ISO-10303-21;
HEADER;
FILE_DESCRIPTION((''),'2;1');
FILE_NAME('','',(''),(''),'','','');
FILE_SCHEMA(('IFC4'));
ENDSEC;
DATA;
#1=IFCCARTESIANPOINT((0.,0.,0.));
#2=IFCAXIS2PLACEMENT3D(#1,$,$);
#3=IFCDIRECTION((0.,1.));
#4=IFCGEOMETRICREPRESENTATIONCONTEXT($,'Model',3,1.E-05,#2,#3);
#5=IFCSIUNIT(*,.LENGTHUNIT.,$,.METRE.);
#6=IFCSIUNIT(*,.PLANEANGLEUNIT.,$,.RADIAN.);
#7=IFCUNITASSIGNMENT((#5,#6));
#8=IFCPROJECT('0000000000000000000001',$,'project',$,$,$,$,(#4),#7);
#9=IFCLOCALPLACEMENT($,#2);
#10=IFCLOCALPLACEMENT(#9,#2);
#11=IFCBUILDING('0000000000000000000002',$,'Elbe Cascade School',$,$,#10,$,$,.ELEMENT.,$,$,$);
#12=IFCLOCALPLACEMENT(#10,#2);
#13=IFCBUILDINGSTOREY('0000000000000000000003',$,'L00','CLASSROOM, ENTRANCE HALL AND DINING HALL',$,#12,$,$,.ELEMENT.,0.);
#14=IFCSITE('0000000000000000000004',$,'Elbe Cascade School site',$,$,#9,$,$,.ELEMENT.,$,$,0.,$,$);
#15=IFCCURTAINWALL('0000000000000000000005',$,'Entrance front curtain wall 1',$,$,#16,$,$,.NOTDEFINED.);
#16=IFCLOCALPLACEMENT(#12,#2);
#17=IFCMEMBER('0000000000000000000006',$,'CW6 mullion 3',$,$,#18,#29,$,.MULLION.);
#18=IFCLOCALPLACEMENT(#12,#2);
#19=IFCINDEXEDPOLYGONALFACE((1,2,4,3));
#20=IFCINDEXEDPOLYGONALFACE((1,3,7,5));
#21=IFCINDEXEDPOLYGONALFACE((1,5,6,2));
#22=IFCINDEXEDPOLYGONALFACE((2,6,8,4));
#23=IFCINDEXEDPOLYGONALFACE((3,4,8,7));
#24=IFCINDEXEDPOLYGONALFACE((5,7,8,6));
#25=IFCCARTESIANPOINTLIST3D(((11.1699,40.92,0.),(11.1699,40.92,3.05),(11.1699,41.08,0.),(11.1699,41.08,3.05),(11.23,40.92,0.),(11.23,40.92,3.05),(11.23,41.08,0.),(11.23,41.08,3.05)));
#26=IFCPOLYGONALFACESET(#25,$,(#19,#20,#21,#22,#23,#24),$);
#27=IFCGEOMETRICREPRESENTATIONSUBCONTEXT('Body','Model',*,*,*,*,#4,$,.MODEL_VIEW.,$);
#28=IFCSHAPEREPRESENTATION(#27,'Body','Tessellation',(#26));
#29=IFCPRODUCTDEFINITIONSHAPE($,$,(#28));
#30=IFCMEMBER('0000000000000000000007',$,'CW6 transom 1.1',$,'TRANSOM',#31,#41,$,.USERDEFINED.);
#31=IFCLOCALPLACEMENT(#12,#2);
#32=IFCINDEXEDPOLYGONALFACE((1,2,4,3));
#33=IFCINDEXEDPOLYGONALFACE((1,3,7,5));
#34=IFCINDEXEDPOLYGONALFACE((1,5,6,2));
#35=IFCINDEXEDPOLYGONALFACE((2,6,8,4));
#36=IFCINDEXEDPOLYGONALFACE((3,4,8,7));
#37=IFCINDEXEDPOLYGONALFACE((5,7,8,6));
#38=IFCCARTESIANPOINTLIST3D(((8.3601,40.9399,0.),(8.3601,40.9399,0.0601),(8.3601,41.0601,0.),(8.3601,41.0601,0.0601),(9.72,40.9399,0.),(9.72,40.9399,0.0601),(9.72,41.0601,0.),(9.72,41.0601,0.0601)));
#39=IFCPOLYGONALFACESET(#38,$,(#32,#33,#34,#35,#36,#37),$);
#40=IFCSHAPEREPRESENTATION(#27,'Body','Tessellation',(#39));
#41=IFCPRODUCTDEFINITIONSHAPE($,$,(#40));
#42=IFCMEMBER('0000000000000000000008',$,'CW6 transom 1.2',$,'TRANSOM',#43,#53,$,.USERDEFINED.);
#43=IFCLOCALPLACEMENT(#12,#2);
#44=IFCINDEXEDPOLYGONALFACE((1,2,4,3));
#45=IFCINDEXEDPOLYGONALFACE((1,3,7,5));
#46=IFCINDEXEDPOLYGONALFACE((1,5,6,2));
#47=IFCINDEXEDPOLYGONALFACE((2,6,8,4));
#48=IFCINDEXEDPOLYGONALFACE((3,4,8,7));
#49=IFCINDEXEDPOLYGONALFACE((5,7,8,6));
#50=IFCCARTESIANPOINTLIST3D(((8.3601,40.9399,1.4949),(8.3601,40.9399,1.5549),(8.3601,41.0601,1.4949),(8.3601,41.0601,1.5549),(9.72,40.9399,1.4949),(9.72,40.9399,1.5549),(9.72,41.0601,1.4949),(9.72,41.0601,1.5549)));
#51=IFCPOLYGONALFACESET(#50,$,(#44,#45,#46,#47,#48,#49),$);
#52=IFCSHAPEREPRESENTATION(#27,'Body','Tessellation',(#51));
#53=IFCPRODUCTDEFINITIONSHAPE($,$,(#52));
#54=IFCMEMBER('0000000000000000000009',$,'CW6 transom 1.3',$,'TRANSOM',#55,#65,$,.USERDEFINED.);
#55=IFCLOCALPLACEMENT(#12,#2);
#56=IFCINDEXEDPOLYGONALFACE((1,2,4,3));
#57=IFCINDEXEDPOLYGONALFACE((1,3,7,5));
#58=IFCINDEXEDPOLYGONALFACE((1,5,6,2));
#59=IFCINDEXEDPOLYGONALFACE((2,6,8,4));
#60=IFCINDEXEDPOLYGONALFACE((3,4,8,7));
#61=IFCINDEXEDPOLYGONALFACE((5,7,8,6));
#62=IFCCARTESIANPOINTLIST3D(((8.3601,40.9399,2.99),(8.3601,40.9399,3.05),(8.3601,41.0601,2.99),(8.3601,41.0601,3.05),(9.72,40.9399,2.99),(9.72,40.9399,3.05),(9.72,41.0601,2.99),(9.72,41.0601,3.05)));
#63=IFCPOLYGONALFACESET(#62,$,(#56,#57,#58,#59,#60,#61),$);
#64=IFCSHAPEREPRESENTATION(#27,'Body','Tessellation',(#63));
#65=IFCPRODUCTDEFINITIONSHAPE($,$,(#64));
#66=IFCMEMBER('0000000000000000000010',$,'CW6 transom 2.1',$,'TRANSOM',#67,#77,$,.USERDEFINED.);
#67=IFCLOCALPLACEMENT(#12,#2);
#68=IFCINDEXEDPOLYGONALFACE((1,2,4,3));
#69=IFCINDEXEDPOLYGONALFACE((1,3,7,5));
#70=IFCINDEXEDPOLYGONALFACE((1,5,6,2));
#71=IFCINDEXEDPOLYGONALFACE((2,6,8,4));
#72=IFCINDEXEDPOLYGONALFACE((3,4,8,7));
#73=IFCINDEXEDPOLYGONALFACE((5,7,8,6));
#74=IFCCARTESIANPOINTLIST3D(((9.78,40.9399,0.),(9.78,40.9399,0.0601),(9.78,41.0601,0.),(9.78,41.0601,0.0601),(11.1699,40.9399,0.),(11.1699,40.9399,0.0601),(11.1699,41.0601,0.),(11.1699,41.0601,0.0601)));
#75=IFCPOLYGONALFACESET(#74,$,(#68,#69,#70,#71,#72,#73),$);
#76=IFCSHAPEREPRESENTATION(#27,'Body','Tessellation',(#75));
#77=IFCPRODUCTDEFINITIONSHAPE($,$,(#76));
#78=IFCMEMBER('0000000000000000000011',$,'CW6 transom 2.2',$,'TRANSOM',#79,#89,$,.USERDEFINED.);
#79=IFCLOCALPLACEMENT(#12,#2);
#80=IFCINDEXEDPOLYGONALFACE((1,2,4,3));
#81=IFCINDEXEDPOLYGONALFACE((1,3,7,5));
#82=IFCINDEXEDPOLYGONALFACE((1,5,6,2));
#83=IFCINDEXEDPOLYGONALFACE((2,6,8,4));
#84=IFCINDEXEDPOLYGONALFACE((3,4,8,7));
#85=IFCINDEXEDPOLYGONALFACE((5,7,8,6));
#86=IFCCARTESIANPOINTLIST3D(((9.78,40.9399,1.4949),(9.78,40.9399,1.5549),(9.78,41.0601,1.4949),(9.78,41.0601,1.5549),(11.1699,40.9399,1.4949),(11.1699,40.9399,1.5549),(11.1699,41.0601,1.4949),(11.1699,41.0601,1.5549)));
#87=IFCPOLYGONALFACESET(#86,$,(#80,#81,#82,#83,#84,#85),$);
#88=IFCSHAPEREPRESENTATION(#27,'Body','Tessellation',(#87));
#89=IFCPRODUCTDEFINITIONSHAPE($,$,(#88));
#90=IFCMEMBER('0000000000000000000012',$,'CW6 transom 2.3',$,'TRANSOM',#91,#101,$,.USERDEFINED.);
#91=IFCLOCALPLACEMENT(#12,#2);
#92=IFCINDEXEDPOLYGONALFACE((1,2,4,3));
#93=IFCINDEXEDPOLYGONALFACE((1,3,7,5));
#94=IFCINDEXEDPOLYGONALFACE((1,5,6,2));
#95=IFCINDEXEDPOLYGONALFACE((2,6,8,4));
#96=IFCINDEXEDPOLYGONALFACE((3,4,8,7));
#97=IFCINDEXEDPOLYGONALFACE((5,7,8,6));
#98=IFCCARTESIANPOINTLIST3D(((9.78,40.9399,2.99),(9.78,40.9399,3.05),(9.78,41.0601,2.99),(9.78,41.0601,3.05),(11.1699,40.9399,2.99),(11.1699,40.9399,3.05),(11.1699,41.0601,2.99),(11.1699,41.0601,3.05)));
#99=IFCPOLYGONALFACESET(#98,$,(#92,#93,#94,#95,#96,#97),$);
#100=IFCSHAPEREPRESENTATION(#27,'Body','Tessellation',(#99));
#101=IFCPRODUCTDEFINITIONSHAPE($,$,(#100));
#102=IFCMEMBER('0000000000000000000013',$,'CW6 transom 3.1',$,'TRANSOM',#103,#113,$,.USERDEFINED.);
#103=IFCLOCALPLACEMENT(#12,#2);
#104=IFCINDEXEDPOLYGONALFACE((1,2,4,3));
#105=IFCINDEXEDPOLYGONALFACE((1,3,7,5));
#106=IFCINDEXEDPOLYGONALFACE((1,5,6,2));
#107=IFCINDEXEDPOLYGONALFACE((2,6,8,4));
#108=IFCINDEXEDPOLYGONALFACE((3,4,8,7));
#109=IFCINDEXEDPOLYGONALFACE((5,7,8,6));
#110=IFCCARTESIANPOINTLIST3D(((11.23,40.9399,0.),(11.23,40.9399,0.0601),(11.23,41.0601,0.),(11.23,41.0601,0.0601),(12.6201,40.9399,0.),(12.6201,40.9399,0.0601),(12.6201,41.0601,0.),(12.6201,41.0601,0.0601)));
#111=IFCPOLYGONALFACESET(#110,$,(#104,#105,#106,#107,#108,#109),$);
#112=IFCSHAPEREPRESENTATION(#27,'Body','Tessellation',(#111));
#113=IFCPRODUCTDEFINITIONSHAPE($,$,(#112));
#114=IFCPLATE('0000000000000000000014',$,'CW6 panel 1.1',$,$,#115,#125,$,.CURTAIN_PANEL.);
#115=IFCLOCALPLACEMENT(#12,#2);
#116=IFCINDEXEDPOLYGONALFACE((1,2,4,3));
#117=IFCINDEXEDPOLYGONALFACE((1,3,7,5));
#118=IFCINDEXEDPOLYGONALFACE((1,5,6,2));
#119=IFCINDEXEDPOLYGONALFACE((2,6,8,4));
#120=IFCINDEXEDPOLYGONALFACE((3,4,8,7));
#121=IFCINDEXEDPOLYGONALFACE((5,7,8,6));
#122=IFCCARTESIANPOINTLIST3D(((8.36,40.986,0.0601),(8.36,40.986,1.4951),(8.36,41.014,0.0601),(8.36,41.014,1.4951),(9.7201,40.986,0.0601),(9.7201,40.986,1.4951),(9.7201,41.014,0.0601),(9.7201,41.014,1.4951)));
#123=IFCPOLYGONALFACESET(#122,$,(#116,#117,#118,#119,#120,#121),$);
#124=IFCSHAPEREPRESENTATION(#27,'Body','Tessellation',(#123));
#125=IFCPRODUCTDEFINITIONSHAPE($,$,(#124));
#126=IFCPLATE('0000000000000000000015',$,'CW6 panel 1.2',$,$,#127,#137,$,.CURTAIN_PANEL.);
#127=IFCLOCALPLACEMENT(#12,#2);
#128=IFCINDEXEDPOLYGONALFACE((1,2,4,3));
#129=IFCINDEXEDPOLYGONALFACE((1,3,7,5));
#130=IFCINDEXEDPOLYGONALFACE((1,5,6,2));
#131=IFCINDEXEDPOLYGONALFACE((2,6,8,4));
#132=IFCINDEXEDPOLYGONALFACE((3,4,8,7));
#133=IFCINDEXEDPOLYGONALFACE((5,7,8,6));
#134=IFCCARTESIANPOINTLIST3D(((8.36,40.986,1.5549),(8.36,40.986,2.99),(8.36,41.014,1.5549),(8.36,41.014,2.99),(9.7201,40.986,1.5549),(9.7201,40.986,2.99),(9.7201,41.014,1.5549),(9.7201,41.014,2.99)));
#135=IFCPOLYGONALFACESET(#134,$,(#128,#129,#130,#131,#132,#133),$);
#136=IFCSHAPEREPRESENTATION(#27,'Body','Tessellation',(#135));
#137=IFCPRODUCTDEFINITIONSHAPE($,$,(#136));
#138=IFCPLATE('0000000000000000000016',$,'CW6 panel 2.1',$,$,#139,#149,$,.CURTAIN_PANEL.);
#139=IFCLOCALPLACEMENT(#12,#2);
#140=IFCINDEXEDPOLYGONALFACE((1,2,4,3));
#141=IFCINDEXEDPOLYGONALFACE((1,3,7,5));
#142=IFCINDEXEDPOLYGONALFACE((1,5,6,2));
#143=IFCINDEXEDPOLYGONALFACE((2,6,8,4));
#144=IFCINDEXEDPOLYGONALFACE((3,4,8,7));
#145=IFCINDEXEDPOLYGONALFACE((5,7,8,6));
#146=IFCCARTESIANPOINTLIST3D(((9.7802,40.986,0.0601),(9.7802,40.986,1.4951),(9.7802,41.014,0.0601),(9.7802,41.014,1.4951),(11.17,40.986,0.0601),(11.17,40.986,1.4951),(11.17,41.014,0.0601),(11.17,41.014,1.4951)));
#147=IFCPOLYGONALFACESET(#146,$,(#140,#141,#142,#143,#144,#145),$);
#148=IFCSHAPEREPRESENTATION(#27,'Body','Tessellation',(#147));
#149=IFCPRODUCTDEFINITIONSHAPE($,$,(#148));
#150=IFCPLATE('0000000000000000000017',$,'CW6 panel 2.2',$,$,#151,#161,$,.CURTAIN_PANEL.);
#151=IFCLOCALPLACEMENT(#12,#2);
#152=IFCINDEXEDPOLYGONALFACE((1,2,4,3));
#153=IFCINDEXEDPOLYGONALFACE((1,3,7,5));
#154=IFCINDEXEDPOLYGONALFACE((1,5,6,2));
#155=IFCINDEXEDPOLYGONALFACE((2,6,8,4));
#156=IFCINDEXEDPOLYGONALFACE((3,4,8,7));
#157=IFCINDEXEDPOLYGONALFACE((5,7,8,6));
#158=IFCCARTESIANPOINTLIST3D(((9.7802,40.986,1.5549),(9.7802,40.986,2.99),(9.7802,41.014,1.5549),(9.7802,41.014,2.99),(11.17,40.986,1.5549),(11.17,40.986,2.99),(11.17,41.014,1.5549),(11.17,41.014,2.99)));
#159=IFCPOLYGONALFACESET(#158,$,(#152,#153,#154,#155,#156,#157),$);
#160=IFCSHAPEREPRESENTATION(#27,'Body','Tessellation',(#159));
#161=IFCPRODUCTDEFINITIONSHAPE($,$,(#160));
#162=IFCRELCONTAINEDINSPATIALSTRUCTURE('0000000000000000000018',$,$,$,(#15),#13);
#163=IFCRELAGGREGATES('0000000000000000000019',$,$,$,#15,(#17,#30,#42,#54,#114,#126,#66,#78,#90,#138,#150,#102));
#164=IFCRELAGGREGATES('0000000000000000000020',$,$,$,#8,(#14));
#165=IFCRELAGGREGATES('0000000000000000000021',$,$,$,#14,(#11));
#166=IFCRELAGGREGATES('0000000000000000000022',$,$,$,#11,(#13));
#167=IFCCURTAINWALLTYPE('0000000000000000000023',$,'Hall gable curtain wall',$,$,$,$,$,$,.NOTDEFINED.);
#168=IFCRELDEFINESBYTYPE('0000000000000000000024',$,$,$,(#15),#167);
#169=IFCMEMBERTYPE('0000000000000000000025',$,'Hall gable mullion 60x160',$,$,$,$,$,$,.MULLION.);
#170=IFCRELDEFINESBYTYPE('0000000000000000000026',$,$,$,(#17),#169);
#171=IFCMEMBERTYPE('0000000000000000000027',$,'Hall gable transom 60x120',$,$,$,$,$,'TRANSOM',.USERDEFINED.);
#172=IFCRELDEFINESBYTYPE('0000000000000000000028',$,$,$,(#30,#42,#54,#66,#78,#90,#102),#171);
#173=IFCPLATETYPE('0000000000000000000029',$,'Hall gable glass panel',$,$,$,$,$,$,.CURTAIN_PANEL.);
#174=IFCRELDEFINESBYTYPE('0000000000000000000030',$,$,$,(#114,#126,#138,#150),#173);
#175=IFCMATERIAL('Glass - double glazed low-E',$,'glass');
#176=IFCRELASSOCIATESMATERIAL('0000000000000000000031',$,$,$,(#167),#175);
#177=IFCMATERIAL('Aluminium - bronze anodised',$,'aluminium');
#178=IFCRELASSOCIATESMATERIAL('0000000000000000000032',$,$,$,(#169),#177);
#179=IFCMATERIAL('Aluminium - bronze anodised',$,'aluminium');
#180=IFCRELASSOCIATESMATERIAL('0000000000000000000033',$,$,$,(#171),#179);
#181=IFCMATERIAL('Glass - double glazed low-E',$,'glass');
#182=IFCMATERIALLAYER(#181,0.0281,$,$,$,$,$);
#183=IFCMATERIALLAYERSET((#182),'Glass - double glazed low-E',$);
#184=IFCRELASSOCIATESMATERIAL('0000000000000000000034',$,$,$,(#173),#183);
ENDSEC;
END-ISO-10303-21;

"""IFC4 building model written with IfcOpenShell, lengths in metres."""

from ifc_helpers import new_model, si_unit, direction, frame, origin, origin_2d, place, context, subcontext, project, spatial, rectangle, extrude, material, layer, layer_set, material_profile, profile_set, type_object, element, aggregate, save


model = new_model("IFC4")

# Units and contexts
model_context = context("Model", 3, precision=1e-05, world=origin(), true_north=direction((0.0, 1.0)))
body_context = subcontext(model_context, "Body", "Model", "MODEL_VIEW")
ifc_project = project(units=[si_unit("LENGTHUNIT", "METRE"), si_unit("PLANEANGLEUNIT", "RADIAN")], contexts=[model_context])

# Site, building, storey
site_placement = place(None, origin())
site = spatial("IfcSite", under=ifc_project, at=site_placement, Name="Elbe Cascade School site", CompositionType="ELEMENT", RefElevation=0.0)
building_placement = place(site_placement, origin())
building = spatial("IfcBuilding", under=site, at=building_placement, Name="Elbe Cascade School", CompositionType="ELEMENT")
storey_placement = place(building_placement, origin())
storey = spatial("IfcBuildingStorey", under=building, at=storey_placement, Name="L00", Description="CLASSROOM, ENTRANCE HALL AND DINING HALL", CompositionType="ELEMENT", Elevation=0.0)

# Curtain wall, members, plates
ifc_material_1 = material(Name="Glass - double glazed low-E", Category="glass")
curtain_wall_type = type_object("IfcCurtainWallType", Name="Hall gable curtain wall", PredefinedType="NOTDEFINED", material=ifc_material_1)
curtain_wall_placement = place(storey_placement, origin())
curtain_wall = element("IfcCurtainWall", 1, at=curtain_wall_placement, inside=storey, type_object=curtain_wall_type, Name="Entrance front curtain wall 1", PredefinedType="NOTDEFINED")
ifc_material_2 = material(Name="Aluminium - bronze anodised", Category="aluminium")
ifc_material_profile_1 = material_profile(ifc_material_2, rectangle(XDim=0.1599, YDim=0.0601, at=origin_2d()), Name="Alu 60x160")
ifc_profile_set_1 = profile_set([ifc_material_profile_1], Name="Aluminium - bronze anodised")
member_type_1 = type_object("IfcMemberType", Name="Hall gable mullion 60x160", PredefinedType="MULLION", material=ifc_profile_set_1)
member_1_placement = place(storey_placement, frame((11.2, 41.0, 0.0), z_axis=(0.0, 0.0, 1.0), x_axis=(0.0, 1.0, 0.0)))
member_1 = element("IfcMember", 2, at=member_1_placement, type_object=member_type_1, Name="CW6 mullion 3", PredefinedType="MULLION", context=body_context, shape_type="SweptSolid", body=[
    extrude(rectangle(XDim=0.1599, YDim=0.0601, at=origin_2d()), origin(), (0.0, 0.0, 1.0), 3.05),
])
ifc_material_3 = material(Name="Aluminium - bronze anodised", Category="aluminium")
ifc_material_profile_2 = material_profile(ifc_material_3, rectangle(XDim=0.1201, YDim=0.0601, at=origin_2d()), Name="Alu 60x120")
ifc_profile_set_2 = profile_set([ifc_material_profile_2], Name="Aluminium - bronze anodised")
member_type_2 = type_object("IfcMemberType", Name="Hall gable transom 60x120", ElementType="TRANSOM", PredefinedType="USERDEFINED", material=ifc_profile_set_2)
member_2_placement = place(storey_placement, frame((8.3601, 41.0, 0.03), z_axis=(1.0, 0.0, 0.0), x_axis=(0.0, 1.0, 0.0)))
member_2 = element("IfcMember", 3, at=member_2_placement, type_object=member_type_2, Name="CW6 transom 1.1", ObjectType="TRANSOM", PredefinedType="USERDEFINED", context=body_context, shape_type="SweptSolid", body=[
    extrude(rectangle(XDim=0.1201, YDim=0.0601, at=origin_2d()), origin(), (0.0, 0.0, 1.0), 1.3599),
])
member_3_placement = place(storey_placement, frame((8.3601, 41.0, 1.5249), z_axis=(1.0, 0.0, 0.0), x_axis=(0.0, 1.0, 0.0)))
member_3 = element("IfcMember", 4, at=member_3_placement, type_object=member_type_2, Name="CW6 transom 1.2", ObjectType="TRANSOM", PredefinedType="USERDEFINED", context=body_context, shape_type="SweptSolid", body=[
    extrude(rectangle(XDim=0.1201, YDim=0.0601, at=origin_2d()), origin(), (0.0, 0.0, 1.0), 1.3599),
])
member_4_placement = place(storey_placement, frame((8.3601, 41.0, 3.02), z_axis=(1.0, 0.0, 0.0), x_axis=(0.0, 1.0, 0.0)))
member_4 = element("IfcMember", 5, at=member_4_placement, type_object=member_type_2, Name="CW6 transom 1.3", ObjectType="TRANSOM", PredefinedType="USERDEFINED", context=body_context, shape_type="SweptSolid", body=[
    extrude(rectangle(XDim=0.1201, YDim=0.0601, at=origin_2d()), origin(), (0.0, 0.0, 1.0), 1.3599),
])
member_5_placement = place(storey_placement, frame((9.78, 41.0, 0.03), z_axis=(1.0, 0.0, 0.0), x_axis=(0.0, 1.0, 0.0)))
member_5 = element("IfcMember", 6, at=member_5_placement, type_object=member_type_2, Name="CW6 transom 2.1", ObjectType="TRANSOM", PredefinedType="USERDEFINED", context=body_context, shape_type="SweptSolid", body=[
    extrude(rectangle(XDim=0.1201, YDim=0.0601, at=origin_2d()), origin(), (0.0, 0.0, 1.0), 1.3899),
])
member_6_placement = place(storey_placement, frame((9.78, 41.0, 1.5249), z_axis=(1.0, 0.0, 0.0), x_axis=(0.0, 1.0, 0.0)))
member_6 = element("IfcMember", 7, at=member_6_placement, type_object=member_type_2, Name="CW6 transom 2.2", ObjectType="TRANSOM", PredefinedType="USERDEFINED", context=body_context, shape_type="SweptSolid", body=[
    extrude(rectangle(XDim=0.1201, YDim=0.0601, at=origin_2d()), origin(), (0.0, 0.0, 1.0), 1.3899),
])
member_7_placement = place(storey_placement, frame((9.78, 41.0, 3.02), z_axis=(1.0, 0.0, 0.0), x_axis=(0.0, 1.0, 0.0)))
member_7 = element("IfcMember", 8, at=member_7_placement, type_object=member_type_2, Name="CW6 transom 2.3", ObjectType="TRANSOM", PredefinedType="USERDEFINED", context=body_context, shape_type="SweptSolid", body=[
    extrude(rectangle(XDim=0.1201, YDim=0.0601, at=origin_2d()), origin(), (0.0, 0.0, 1.0), 1.3899),
])
member_8_placement = place(storey_placement, frame((11.23, 41.0, 0.03), z_axis=(1.0, 0.0, 0.0), x_axis=(0.0, 1.0, 0.0)))
member_8 = element("IfcMember", 9, at=member_8_placement, type_object=member_type_2, Name="CW6 transom 3.1", ObjectType="TRANSOM", PredefinedType="USERDEFINED", context=body_context, shape_type="SweptSolid", body=[
    extrude(rectangle(XDim=0.1201, YDim=0.0601, at=origin_2d()), origin(), (0.0, 0.0, 1.0), 1.3901),
])
ifc_material_4 = material(Name="Glass - double glazed low-E", Category="glass")
ifc_layer_1 = layer(ifc_material_4, 0.0281)
ifc_layer_set_1 = layer_set([ifc_layer_1], Name="Glass - double glazed low-E")
plate_type = type_object("IfcPlateType", Name="Hall gable glass panel", PredefinedType="CURTAIN_PANEL", material=ifc_layer_set_1)
plate_1_placement = place(storey_placement, frame((9.04, 41.0, 0.0601), z_axis=(0.0, 0.0, 1.0), x_axis=(1.0, 0.0, 0.0)))
plate_1 = element("IfcPlate", 10, at=plate_1_placement, type_object=plate_type, Name="CW6 panel 1.1", PredefinedType="CURTAIN_PANEL", context=body_context, shape_type="SweptSolid", body=[
    extrude(rectangle(XDim=1.3601, YDim=0.0281, at=origin_2d()), origin(), (0.0, 0.0, 1.0), 1.4351),
])
plate_2_placement = place(storey_placement, frame((9.04, 41.0, 1.5549), z_axis=(0.0, 0.0, 1.0), x_axis=(1.0, 0.0, 0.0)))
plate_2 = element("IfcPlate", 11, at=plate_2_placement, type_object=plate_type, Name="CW6 panel 1.2", PredefinedType="CURTAIN_PANEL", context=body_context, shape_type="SweptSolid", body=[
    extrude(rectangle(XDim=1.3601, YDim=0.0281, at=origin_2d()), origin(), (0.0, 0.0, 1.0), 1.4351),
])
plate_3_placement = place(storey_placement, frame((10.4751, 41.0, 0.0601), z_axis=(0.0, 0.0, 1.0), x_axis=(1.0, 0.0, 0.0)))
plate_3 = element("IfcPlate", 12, at=plate_3_placement, type_object=plate_type, Name="CW6 panel 2.1", PredefinedType="CURTAIN_PANEL", context=body_context, shape_type="SweptSolid", body=[
    extrude(rectangle(XDim=1.3899, YDim=0.0281, at=origin_2d()), origin(), (0.0, 0.0, 1.0), 1.4351),
])
plate_4_placement = place(storey_placement, frame((10.4751, 41.0, 1.5549), z_axis=(0.0, 0.0, 1.0), x_axis=(1.0, 0.0, 0.0)))
plate_4 = element("IfcPlate", 13, at=plate_4_placement, type_object=plate_type, Name="CW6 panel 2.2", PredefinedType="CURTAIN_PANEL", context=body_context, shape_type="SweptSolid", body=[
    extrude(rectangle(XDim=1.3899, YDim=0.0281, at=origin_2d()), origin(), (0.0, 0.0, 1.0), 1.4351),
])
aggregate(curtain_wall, [member_1, member_2, member_3, member_4, plate_1, plate_2, member_5, member_6, member_7, plate_3, plate_4, member_8])

save(model, "model.ifc")
